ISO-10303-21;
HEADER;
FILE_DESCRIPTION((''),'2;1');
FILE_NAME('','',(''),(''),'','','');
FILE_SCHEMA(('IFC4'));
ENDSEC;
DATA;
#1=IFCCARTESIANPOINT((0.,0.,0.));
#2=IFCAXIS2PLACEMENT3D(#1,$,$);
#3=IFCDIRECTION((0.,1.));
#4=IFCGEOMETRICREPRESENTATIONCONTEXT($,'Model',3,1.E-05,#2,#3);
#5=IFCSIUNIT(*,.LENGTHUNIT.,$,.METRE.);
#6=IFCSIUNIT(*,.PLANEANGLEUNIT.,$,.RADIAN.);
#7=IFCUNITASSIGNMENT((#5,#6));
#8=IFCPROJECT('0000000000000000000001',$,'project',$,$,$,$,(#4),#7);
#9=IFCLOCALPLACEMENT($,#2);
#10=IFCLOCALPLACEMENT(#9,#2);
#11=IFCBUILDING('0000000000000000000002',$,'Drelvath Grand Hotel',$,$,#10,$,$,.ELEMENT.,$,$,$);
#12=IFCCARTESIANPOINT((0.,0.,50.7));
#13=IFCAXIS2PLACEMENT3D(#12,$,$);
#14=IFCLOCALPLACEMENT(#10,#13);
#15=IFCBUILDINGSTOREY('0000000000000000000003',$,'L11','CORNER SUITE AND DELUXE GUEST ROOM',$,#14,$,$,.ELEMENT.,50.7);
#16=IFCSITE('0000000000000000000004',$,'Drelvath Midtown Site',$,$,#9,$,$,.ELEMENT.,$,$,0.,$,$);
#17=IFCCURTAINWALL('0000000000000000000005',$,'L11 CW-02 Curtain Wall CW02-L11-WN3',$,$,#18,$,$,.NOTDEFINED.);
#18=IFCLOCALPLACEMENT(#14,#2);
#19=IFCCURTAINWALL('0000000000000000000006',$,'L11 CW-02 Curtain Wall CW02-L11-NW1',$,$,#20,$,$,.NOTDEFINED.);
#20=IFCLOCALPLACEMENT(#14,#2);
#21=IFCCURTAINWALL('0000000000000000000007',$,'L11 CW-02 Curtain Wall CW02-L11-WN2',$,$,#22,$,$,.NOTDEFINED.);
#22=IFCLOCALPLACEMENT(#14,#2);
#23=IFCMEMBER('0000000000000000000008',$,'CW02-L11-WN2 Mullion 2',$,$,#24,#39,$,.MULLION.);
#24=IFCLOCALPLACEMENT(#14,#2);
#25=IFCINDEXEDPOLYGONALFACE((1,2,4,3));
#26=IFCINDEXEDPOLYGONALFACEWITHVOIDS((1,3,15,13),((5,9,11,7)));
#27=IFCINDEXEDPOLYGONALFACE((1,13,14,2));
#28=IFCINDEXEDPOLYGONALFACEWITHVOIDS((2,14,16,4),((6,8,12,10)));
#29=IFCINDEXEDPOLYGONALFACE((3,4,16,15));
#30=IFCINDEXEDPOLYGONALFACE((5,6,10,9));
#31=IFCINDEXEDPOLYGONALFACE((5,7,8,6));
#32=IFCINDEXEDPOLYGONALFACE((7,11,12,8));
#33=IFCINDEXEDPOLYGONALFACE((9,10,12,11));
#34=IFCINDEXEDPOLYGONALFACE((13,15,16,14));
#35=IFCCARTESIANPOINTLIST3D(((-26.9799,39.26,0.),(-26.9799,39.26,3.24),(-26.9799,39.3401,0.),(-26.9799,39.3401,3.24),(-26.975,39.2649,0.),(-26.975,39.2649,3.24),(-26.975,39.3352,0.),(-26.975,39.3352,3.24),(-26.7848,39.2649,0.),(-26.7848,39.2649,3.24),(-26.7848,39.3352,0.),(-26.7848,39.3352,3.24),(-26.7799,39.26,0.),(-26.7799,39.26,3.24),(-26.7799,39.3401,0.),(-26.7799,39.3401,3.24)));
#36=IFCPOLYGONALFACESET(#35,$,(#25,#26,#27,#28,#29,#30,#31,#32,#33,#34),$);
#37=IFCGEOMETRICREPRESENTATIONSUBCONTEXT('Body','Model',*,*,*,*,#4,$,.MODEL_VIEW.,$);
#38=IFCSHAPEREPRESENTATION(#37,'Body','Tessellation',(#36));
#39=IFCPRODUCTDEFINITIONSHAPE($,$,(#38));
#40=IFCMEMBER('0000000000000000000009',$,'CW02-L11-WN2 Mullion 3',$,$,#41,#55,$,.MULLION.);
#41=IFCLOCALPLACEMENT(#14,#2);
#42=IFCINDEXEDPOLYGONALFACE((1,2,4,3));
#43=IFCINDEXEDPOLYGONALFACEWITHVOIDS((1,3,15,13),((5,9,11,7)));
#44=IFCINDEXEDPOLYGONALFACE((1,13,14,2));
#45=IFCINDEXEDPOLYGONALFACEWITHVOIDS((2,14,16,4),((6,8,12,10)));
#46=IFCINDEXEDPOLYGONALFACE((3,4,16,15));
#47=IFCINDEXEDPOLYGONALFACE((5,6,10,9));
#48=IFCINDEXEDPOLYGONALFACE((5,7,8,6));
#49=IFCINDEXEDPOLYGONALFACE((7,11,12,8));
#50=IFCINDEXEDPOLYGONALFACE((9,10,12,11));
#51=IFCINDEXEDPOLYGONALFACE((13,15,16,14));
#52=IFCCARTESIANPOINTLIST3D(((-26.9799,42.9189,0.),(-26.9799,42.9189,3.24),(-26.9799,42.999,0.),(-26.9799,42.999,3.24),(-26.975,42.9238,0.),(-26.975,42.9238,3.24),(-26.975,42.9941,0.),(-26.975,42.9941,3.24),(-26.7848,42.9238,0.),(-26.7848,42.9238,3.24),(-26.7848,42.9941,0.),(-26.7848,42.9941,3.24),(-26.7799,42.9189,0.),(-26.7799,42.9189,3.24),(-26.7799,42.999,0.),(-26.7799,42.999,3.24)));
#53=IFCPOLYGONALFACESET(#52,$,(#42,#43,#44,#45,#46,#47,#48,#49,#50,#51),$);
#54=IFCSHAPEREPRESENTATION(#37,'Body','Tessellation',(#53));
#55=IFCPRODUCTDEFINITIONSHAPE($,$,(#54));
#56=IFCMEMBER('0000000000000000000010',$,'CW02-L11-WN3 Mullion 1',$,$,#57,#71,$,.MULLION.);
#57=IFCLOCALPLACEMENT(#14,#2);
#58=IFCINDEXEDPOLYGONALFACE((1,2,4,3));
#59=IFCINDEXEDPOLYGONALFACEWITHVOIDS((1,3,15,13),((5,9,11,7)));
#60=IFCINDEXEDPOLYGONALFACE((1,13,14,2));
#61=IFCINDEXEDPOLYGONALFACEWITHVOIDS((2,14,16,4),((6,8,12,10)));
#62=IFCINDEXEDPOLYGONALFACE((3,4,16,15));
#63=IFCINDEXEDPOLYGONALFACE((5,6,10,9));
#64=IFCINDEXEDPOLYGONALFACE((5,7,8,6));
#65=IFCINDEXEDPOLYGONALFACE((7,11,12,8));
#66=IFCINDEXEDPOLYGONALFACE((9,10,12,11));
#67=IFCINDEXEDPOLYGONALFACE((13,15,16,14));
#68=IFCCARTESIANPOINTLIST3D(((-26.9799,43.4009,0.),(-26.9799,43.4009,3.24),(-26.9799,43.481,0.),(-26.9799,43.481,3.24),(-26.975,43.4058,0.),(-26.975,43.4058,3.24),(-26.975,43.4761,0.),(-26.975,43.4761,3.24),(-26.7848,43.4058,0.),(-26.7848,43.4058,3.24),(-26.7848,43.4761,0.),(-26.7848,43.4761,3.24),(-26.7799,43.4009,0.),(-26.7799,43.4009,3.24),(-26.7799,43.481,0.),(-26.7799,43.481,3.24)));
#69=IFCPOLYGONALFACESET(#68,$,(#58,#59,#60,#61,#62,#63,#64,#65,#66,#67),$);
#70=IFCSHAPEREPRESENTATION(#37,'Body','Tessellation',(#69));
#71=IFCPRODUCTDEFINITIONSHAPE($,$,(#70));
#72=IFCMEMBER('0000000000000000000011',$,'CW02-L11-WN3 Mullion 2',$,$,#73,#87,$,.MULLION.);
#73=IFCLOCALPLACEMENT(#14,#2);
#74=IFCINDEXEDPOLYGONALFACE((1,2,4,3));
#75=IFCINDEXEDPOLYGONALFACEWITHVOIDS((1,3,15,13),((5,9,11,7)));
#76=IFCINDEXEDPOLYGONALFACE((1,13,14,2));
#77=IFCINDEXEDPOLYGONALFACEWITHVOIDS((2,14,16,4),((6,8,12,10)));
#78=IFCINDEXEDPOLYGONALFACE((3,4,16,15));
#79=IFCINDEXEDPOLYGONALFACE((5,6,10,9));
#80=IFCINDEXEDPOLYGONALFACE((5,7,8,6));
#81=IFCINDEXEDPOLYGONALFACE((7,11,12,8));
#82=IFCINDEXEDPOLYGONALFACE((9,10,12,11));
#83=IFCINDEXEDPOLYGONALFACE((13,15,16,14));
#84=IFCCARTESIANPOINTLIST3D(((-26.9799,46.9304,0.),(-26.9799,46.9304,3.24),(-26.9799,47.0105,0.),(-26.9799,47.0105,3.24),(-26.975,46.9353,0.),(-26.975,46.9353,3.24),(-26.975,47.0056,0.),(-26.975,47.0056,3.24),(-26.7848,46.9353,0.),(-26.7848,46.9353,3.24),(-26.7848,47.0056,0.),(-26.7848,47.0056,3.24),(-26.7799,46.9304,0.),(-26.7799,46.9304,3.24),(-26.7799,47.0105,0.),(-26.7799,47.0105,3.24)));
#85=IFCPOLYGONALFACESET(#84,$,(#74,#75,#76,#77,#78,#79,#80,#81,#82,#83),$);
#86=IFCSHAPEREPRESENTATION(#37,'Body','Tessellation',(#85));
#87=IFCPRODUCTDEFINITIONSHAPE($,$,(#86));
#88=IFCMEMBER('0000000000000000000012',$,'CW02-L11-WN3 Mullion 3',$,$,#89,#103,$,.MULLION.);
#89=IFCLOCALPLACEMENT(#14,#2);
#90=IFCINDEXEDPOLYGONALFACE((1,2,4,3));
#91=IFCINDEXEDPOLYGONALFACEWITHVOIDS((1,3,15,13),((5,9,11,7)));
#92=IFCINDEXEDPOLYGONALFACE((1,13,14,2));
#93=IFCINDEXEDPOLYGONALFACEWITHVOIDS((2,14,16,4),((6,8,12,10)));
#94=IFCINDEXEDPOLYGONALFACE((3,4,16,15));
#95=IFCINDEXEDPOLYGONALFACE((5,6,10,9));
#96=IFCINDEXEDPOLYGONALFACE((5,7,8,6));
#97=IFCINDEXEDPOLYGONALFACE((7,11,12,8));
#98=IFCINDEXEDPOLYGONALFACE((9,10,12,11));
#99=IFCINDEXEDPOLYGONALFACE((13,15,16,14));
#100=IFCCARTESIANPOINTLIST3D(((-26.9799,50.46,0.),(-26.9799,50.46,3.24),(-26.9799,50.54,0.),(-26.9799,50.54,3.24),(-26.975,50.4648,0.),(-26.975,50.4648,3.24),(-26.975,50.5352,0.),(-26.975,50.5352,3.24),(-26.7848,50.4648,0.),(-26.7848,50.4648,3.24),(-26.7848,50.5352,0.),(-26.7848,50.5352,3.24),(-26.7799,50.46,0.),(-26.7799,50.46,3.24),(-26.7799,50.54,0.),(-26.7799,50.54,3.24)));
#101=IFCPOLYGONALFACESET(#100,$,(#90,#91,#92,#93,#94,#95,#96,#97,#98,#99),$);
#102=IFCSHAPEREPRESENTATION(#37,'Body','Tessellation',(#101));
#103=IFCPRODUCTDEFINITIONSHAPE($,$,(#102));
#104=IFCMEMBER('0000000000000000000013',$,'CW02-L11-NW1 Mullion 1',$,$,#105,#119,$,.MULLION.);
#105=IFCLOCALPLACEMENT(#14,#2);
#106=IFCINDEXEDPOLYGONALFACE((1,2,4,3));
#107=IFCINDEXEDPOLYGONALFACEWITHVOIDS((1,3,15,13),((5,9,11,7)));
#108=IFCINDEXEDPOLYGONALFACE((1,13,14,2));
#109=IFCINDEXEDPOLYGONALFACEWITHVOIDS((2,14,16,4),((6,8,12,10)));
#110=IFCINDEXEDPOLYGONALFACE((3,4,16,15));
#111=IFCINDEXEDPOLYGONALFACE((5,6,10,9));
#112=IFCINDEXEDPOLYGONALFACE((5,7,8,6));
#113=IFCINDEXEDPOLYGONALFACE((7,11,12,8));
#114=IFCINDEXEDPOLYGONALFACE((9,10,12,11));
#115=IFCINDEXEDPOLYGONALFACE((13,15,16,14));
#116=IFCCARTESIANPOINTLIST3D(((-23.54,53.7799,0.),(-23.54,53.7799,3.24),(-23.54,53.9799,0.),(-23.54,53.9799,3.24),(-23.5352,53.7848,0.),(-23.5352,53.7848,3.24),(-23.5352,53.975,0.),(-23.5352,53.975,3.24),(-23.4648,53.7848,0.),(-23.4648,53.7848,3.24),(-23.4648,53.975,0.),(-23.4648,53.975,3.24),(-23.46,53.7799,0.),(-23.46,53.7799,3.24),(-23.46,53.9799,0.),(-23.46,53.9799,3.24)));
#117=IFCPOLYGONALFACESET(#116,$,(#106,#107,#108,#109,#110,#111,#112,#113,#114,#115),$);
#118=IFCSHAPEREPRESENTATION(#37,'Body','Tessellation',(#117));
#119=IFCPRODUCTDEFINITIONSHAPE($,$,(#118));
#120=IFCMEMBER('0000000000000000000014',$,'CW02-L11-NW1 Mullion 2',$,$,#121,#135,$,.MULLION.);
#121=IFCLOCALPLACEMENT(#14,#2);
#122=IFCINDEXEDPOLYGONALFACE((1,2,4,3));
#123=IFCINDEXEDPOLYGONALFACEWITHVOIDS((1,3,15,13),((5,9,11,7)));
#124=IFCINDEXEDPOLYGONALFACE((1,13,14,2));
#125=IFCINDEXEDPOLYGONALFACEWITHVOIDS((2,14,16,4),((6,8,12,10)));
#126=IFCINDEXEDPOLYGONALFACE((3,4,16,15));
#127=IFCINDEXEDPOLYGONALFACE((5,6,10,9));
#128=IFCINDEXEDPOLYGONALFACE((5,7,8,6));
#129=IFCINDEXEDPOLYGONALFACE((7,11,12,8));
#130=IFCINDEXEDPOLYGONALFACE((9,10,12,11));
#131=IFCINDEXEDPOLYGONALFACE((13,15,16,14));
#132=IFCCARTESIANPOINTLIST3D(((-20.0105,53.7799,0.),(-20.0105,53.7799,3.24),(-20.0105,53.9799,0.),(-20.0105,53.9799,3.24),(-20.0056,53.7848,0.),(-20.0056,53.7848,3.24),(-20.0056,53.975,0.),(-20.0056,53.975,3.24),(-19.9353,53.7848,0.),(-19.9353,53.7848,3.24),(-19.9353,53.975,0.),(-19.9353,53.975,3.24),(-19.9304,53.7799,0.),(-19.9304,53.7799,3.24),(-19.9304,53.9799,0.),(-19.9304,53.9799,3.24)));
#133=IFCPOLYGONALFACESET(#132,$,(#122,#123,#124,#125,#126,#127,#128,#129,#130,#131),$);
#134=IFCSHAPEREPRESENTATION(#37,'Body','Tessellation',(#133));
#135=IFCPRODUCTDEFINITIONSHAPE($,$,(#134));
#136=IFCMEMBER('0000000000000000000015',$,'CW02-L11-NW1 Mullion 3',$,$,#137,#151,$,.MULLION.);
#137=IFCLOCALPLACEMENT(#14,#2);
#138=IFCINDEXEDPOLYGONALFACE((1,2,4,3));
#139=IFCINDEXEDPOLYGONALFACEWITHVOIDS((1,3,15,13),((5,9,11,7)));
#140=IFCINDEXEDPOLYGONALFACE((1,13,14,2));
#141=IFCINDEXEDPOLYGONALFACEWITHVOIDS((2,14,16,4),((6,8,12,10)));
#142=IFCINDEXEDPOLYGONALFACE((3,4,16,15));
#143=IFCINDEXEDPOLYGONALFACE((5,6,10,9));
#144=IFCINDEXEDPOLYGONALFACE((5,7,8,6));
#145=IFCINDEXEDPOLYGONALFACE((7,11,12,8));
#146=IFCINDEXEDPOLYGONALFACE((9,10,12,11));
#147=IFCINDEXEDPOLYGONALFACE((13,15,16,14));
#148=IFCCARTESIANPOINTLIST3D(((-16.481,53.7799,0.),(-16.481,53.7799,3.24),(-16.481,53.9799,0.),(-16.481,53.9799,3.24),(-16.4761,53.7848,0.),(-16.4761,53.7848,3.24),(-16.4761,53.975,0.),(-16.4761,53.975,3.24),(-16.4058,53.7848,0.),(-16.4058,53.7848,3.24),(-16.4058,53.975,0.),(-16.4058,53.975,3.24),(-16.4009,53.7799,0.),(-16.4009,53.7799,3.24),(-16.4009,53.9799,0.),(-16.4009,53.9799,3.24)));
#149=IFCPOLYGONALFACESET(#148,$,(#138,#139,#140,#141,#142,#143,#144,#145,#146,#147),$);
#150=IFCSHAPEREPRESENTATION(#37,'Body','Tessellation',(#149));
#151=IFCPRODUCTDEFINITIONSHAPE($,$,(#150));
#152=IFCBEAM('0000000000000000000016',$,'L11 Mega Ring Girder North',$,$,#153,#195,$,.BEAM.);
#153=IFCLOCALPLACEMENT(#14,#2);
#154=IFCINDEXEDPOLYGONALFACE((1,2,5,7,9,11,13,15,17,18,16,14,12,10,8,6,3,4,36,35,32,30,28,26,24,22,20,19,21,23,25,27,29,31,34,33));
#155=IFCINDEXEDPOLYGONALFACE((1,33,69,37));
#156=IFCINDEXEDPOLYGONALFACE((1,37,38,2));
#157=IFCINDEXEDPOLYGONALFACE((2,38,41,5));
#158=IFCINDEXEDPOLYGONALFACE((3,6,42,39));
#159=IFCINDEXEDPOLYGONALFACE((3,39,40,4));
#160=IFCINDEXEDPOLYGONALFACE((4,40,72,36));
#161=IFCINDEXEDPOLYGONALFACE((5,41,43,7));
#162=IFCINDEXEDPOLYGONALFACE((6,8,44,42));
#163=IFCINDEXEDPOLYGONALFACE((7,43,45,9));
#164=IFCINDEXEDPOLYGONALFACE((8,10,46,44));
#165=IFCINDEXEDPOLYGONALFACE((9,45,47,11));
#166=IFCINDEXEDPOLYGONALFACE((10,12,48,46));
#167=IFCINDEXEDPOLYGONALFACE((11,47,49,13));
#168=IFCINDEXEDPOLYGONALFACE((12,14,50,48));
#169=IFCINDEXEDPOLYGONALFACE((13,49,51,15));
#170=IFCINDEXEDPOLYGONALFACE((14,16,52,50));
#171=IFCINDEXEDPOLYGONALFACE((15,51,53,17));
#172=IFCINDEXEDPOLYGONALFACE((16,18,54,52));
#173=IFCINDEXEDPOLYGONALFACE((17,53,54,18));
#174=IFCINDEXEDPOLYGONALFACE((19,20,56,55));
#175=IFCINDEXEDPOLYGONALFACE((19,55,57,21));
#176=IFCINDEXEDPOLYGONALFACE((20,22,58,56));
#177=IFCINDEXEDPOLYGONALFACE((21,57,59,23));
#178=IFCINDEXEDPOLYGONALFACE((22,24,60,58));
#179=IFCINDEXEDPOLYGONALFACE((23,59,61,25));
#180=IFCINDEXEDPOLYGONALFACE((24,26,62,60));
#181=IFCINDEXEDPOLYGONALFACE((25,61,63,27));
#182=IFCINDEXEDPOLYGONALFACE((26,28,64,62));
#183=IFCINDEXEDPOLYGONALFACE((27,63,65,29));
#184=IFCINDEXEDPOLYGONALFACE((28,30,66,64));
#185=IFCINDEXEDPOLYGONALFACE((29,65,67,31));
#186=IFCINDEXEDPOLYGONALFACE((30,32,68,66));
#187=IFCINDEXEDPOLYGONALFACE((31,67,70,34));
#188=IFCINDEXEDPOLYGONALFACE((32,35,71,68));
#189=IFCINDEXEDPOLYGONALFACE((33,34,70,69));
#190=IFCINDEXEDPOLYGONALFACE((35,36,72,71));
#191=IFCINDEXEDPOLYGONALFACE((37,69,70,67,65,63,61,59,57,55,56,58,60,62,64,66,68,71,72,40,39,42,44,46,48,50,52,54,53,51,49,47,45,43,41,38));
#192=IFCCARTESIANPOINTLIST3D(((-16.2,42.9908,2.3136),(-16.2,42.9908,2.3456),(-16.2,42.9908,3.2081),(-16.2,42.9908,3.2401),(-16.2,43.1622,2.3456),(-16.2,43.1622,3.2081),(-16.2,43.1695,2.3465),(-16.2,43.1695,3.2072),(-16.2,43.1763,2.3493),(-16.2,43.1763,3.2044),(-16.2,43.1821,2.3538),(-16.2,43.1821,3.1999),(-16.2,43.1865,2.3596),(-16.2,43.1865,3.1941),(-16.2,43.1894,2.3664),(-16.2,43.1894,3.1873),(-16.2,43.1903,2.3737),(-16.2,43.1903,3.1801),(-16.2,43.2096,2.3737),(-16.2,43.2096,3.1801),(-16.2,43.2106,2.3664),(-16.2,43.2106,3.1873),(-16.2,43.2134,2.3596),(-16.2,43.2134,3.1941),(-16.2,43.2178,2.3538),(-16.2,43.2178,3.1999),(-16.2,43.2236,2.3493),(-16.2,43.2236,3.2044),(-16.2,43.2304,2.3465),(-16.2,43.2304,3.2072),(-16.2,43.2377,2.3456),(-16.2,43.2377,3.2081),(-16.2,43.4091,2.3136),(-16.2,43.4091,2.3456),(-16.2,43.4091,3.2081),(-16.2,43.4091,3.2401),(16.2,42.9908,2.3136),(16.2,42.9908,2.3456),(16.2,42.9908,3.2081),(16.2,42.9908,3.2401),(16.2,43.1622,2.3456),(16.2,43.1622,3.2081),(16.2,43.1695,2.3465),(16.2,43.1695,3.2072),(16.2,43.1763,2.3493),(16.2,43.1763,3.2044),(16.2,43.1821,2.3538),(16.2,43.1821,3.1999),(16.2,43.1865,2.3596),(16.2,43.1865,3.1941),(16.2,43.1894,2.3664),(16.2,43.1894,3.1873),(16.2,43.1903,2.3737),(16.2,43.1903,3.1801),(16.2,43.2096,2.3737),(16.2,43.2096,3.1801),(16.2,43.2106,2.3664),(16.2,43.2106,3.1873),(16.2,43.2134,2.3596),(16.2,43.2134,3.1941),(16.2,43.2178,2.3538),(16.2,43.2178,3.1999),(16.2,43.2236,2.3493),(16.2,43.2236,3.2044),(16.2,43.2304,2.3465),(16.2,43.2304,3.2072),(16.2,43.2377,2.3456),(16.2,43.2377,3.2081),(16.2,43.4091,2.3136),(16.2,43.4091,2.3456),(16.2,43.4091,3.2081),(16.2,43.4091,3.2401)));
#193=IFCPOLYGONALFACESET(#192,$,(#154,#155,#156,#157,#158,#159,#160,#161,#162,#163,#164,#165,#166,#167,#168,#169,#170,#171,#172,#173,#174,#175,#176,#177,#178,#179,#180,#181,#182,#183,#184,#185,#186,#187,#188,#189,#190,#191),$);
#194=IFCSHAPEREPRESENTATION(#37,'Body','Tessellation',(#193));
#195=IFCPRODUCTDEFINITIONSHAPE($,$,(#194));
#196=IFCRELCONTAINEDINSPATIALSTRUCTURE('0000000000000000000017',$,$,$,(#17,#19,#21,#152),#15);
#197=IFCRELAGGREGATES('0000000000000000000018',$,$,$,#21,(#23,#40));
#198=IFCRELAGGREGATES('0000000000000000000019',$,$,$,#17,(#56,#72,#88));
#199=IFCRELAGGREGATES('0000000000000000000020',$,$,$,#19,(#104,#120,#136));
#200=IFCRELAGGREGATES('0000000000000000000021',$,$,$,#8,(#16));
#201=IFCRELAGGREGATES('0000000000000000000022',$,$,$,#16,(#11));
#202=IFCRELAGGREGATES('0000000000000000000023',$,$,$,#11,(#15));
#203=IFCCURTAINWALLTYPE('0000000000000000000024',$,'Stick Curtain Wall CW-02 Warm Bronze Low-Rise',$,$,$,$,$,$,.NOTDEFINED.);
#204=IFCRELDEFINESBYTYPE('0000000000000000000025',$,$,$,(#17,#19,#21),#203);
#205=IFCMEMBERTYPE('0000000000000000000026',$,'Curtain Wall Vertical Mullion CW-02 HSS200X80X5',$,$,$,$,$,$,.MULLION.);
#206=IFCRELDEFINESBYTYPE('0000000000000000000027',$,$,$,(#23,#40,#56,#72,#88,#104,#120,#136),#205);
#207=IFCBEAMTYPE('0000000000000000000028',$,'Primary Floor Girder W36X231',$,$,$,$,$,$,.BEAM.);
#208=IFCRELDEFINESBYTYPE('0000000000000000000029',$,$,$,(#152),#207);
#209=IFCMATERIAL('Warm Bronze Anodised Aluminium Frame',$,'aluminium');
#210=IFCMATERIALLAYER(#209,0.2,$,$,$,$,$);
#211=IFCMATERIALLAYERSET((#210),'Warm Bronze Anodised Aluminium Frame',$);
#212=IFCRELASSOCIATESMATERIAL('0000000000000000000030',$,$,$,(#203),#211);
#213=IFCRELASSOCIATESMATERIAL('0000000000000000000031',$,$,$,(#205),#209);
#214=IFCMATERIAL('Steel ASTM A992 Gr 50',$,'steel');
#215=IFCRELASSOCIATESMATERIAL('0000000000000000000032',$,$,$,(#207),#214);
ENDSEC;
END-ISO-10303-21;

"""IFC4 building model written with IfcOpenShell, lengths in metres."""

from ifc_helpers import new_model, si_unit, direction, frame, origin, origin_2d, place, context, subcontext, project, spatial, hollow_rectangle, i_section, extrude, material, layer, layer_set, material_profile, profile_set, type_object, element, aggregate, save


model = new_model("IFC4")

# Units and contexts
model_context = context("Model", 3, precision=1e-05, world=origin(), true_north=direction((0.0, 1.0)))
body_context = subcontext(model_context, "Body", "Model", "MODEL_VIEW")
ifc_project = project(units=[si_unit("LENGTHUNIT", "METRE"), si_unit("PLANEANGLEUNIT", "RADIAN")], contexts=[model_context])

# Site, building, storey
site_placement = place(None, origin())
site = spatial("IfcSite", under=ifc_project, at=site_placement, Name="Drelvath Midtown Site", CompositionType="ELEMENT", RefElevation=0.0)
building_placement = place(site_placement, origin())
building = spatial("IfcBuilding", under=site, at=building_placement, Name="Drelvath Grand Hotel", CompositionType="ELEMENT")
storey_placement = place(building_placement, frame((0.0, 0.0, 50.7)))
storey = spatial("IfcBuildingStorey", under=building, at=storey_placement, Name="L11", Description="CORNER SUITE AND DELUXE GUEST ROOM", CompositionType="ELEMENT", Elevation=50.7)

# Shared definitions
ifc_material_1 = material(Name="Steel ASTM A992 Gr 50", Category="steel")

# Curtain walls
ifc_material_2 = material(Name="Warm Bronze Anodised Aluminium Frame", Category="aluminium")
ifc_layer_1 = layer(ifc_material_2, 0.2)
ifc_layer_set_1 = layer_set([ifc_layer_1], Name="Warm Bronze Anodised Aluminium Frame")
curtain_wall_type = type_object("IfcCurtainWallType", Name="Stick Curtain Wall CW-02 Warm Bronze Low-Rise", PredefinedType="NOTDEFINED", material=ifc_layer_set_1)
curtain_wall_1_placement = place(storey_placement, origin())
curtain_wall_1 = element("IfcCurtainWall", 1, at=curtain_wall_1_placement, inside=storey, type_object=curtain_wall_type, Name="L11 CW-02 Curtain Wall CW02-L11-WN3", PredefinedType="NOTDEFINED")
curtain_wall_2_placement = place(storey_placement, origin())
curtain_wall_2 = element("IfcCurtainWall", 2, at=curtain_wall_2_placement, inside=storey, type_object=curtain_wall_type, Name="L11 CW-02 Curtain Wall CW02-L11-NW1", PredefinedType="NOTDEFINED")

# Curtain wall, members
curtain_wall_3_placement = place(storey_placement, origin())
curtain_wall_3 = element("IfcCurtainWall", 3, at=curtain_wall_3_placement, inside=storey, type_object=curtain_wall_type, Name="L11 CW-02 Curtain Wall CW02-L11-WN2", PredefinedType="NOTDEFINED")
ifc_material_profile_1 = material_profile(ifc_material_2, hollow_rectangle(XDim=0.0801, YDim=0.2, WallThickness=0.0049, at=origin_2d()), Name="HSS200X80X5")
ifc_profile_set_1 = profile_set([ifc_material_profile_1], Name="Warm Bronze Anodised Aluminium Frame")
member_type_1 = type_object("IfcMemberType", Name="Curtain Wall Vertical Mullion CW-02 HSS200X80X5", PredefinedType="MULLION", material=ifc_profile_set_1)
member_1_placement = place(storey_placement, frame((-26.8799, 39.3, 0.0), z_axis=(0.0, 0.0, 1.0), x_axis=(0.0, 1.0, 0.0)))
member_1 = element("IfcMember", 4, at=member_1_placement, type_object=member_type_1, Name="CW02-L11-WN2 Mullion 2", PredefinedType="MULLION", context=body_context, shape_type="SweptSolid", body=[
    extrude(hollow_rectangle(XDim=0.0801, YDim=0.2, WallThickness=0.0049, at=origin_2d()), origin(), (0.0, 0.0, 1.0), 3.24),
])
member_2_placement = place(storey_placement, frame((-26.8799, 42.959, 0.0), z_axis=(0.0, 0.0, 1.0), x_axis=(0.0, 1.0, 0.0)))
member_2 = element("IfcMember", 5, at=member_2_placement, type_object=member_type_1, Name="CW02-L11-WN2 Mullion 3", PredefinedType="MULLION", context=body_context, shape_type="SweptSolid", body=[
    extrude(hollow_rectangle(XDim=0.0801, YDim=0.2, WallThickness=0.0049, at=origin_2d()), origin(), (0.0, 0.0, 1.0), 3.24),
])

# Members
member_3_placement = place(storey_placement, frame((-26.8799, 43.4409, 0.0), z_axis=(0.0, 0.0, 1.0), x_axis=(0.0, 1.0, 0.0)))
member_3 = element("IfcMember", 6, at=member_3_placement, type_object=member_type_1, Name="CW02-L11-WN3 Mullion 1", PredefinedType="MULLION", context=body_context, shape_type="SweptSolid", body=[
    extrude(hollow_rectangle(XDim=0.0801, YDim=0.2, WallThickness=0.0049, at=origin_2d()), origin(), (0.0, 0.0, 1.0), 3.24),
])
member_4_placement = place(storey_placement, frame((-26.8799, 46.9705, 0.0), z_axis=(0.0, 0.0, 1.0), x_axis=(0.0, 1.0, 0.0)))
member_4 = element("IfcMember", 7, at=member_4_placement, type_object=member_type_1, Name="CW02-L11-WN3 Mullion 2", PredefinedType="MULLION", context=body_context, shape_type="SweptSolid", body=[
    extrude(hollow_rectangle(XDim=0.0801, YDim=0.2, WallThickness=0.0049, at=origin_2d()), origin(), (0.0, 0.0, 1.0), 3.24),
])
member_5_placement = place(storey_placement, frame((-26.8799, 50.5, 0.0), z_axis=(0.0, 0.0, 1.0), x_axis=(0.0, 1.0, 0.0)))
member_5 = element("IfcMember", 8, at=member_5_placement, type_object=member_type_1, Name="CW02-L11-WN3 Mullion 3", PredefinedType="MULLION", context=body_context, shape_type="SweptSolid", body=[
    extrude(hollow_rectangle(XDim=0.0801, YDim=0.2, WallThickness=0.0049, at=origin_2d()), origin(), (0.0, 0.0, 1.0), 3.24),
])
member_6_placement = place(storey_placement, frame((-23.5, 53.8799, 0.0), z_axis=(0.0, 0.0, 1.0), x_axis=(1.0, 0.0, 0.0)))
member_6 = element("IfcMember", 9, at=member_6_placement, type_object=member_type_1, Name="CW02-L11-NW1 Mullion 1", PredefinedType="MULLION", context=body_context, shape_type="SweptSolid", body=[
    extrude(hollow_rectangle(XDim=0.0801, YDim=0.2, WallThickness=0.0049, at=origin_2d()), origin(), (0.0, 0.0, 1.0), 3.24),
])
member_7_placement = place(storey_placement, frame((-19.9705, 53.8799, 0.0), z_axis=(0.0, 0.0, 1.0), x_axis=(1.0, 0.0, 0.0)))
member_7 = element("IfcMember", 10, at=member_7_placement, type_object=member_type_1, Name="CW02-L11-NW1 Mullion 2", PredefinedType="MULLION", context=body_context, shape_type="SweptSolid", body=[
    extrude(hollow_rectangle(XDim=0.0801, YDim=0.2, WallThickness=0.0049, at=origin_2d()), origin(), (0.0, 0.0, 1.0), 3.24),
])
member_8_placement = place(storey_placement, frame((-16.4409, 53.8799, 0.0), z_axis=(0.0, 0.0, 1.0), x_axis=(1.0, 0.0, 0.0)))
member_8 = element("IfcMember", 11, at=member_8_placement, type_object=member_type_1, Name="CW02-L11-NW1 Mullion 3", PredefinedType="MULLION", context=body_context, shape_type="SweptSolid", body=[
    extrude(hollow_rectangle(XDim=0.0801, YDim=0.2, WallThickness=0.0049, at=origin_2d()), origin(), (0.0, 0.0, 1.0), 3.24),
])

# Beam
ifc_material_profile_2 = material_profile(ifc_material_1, i_section(OverallWidth=0.4182, OverallDepth=0.9265, WebThickness=0.0193, FlangeThickness=0.032, FilletRadius=0.0281, at=origin_2d()), Name="W36X231")
ifc_profile_set_2 = profile_set([ifc_material_profile_2], Name="Steel ASTM A992 Gr 50")
beam_type_1 = type_object("IfcBeamType", Name="Primary Floor Girder W36X231", PredefinedType="BEAM", material=ifc_profile_set_2)
beam_1_placement = place(storey_placement, frame((-16.2, 43.2, 2.7769), z_axis=(1.0, 0.0, 0.0), x_axis=(0.0, 1.0, 0.0)))
element("IfcBeam", 12, at=beam_1_placement, inside=storey, type_object=beam_type_1, Name="L11 Mega Ring Girder North", PredefinedType="BEAM", context=body_context, shape_type="SweptSolid", body=[
    extrude(i_section(OverallWidth=0.4182, OverallDepth=0.9265, WebThickness=0.0193, FlangeThickness=0.032, FilletRadius=0.0281, at=origin_2d()), origin(), (0.0, 0.0, 1.0), 32.3999),
])

aggregate(curtain_wall_3, [member_1, member_2])
aggregate(curtain_wall_1, [member_3, member_4, member_5])
aggregate(curtain_wall_2, [member_6, member_7, member_8])

save(model, "model.ifc")
